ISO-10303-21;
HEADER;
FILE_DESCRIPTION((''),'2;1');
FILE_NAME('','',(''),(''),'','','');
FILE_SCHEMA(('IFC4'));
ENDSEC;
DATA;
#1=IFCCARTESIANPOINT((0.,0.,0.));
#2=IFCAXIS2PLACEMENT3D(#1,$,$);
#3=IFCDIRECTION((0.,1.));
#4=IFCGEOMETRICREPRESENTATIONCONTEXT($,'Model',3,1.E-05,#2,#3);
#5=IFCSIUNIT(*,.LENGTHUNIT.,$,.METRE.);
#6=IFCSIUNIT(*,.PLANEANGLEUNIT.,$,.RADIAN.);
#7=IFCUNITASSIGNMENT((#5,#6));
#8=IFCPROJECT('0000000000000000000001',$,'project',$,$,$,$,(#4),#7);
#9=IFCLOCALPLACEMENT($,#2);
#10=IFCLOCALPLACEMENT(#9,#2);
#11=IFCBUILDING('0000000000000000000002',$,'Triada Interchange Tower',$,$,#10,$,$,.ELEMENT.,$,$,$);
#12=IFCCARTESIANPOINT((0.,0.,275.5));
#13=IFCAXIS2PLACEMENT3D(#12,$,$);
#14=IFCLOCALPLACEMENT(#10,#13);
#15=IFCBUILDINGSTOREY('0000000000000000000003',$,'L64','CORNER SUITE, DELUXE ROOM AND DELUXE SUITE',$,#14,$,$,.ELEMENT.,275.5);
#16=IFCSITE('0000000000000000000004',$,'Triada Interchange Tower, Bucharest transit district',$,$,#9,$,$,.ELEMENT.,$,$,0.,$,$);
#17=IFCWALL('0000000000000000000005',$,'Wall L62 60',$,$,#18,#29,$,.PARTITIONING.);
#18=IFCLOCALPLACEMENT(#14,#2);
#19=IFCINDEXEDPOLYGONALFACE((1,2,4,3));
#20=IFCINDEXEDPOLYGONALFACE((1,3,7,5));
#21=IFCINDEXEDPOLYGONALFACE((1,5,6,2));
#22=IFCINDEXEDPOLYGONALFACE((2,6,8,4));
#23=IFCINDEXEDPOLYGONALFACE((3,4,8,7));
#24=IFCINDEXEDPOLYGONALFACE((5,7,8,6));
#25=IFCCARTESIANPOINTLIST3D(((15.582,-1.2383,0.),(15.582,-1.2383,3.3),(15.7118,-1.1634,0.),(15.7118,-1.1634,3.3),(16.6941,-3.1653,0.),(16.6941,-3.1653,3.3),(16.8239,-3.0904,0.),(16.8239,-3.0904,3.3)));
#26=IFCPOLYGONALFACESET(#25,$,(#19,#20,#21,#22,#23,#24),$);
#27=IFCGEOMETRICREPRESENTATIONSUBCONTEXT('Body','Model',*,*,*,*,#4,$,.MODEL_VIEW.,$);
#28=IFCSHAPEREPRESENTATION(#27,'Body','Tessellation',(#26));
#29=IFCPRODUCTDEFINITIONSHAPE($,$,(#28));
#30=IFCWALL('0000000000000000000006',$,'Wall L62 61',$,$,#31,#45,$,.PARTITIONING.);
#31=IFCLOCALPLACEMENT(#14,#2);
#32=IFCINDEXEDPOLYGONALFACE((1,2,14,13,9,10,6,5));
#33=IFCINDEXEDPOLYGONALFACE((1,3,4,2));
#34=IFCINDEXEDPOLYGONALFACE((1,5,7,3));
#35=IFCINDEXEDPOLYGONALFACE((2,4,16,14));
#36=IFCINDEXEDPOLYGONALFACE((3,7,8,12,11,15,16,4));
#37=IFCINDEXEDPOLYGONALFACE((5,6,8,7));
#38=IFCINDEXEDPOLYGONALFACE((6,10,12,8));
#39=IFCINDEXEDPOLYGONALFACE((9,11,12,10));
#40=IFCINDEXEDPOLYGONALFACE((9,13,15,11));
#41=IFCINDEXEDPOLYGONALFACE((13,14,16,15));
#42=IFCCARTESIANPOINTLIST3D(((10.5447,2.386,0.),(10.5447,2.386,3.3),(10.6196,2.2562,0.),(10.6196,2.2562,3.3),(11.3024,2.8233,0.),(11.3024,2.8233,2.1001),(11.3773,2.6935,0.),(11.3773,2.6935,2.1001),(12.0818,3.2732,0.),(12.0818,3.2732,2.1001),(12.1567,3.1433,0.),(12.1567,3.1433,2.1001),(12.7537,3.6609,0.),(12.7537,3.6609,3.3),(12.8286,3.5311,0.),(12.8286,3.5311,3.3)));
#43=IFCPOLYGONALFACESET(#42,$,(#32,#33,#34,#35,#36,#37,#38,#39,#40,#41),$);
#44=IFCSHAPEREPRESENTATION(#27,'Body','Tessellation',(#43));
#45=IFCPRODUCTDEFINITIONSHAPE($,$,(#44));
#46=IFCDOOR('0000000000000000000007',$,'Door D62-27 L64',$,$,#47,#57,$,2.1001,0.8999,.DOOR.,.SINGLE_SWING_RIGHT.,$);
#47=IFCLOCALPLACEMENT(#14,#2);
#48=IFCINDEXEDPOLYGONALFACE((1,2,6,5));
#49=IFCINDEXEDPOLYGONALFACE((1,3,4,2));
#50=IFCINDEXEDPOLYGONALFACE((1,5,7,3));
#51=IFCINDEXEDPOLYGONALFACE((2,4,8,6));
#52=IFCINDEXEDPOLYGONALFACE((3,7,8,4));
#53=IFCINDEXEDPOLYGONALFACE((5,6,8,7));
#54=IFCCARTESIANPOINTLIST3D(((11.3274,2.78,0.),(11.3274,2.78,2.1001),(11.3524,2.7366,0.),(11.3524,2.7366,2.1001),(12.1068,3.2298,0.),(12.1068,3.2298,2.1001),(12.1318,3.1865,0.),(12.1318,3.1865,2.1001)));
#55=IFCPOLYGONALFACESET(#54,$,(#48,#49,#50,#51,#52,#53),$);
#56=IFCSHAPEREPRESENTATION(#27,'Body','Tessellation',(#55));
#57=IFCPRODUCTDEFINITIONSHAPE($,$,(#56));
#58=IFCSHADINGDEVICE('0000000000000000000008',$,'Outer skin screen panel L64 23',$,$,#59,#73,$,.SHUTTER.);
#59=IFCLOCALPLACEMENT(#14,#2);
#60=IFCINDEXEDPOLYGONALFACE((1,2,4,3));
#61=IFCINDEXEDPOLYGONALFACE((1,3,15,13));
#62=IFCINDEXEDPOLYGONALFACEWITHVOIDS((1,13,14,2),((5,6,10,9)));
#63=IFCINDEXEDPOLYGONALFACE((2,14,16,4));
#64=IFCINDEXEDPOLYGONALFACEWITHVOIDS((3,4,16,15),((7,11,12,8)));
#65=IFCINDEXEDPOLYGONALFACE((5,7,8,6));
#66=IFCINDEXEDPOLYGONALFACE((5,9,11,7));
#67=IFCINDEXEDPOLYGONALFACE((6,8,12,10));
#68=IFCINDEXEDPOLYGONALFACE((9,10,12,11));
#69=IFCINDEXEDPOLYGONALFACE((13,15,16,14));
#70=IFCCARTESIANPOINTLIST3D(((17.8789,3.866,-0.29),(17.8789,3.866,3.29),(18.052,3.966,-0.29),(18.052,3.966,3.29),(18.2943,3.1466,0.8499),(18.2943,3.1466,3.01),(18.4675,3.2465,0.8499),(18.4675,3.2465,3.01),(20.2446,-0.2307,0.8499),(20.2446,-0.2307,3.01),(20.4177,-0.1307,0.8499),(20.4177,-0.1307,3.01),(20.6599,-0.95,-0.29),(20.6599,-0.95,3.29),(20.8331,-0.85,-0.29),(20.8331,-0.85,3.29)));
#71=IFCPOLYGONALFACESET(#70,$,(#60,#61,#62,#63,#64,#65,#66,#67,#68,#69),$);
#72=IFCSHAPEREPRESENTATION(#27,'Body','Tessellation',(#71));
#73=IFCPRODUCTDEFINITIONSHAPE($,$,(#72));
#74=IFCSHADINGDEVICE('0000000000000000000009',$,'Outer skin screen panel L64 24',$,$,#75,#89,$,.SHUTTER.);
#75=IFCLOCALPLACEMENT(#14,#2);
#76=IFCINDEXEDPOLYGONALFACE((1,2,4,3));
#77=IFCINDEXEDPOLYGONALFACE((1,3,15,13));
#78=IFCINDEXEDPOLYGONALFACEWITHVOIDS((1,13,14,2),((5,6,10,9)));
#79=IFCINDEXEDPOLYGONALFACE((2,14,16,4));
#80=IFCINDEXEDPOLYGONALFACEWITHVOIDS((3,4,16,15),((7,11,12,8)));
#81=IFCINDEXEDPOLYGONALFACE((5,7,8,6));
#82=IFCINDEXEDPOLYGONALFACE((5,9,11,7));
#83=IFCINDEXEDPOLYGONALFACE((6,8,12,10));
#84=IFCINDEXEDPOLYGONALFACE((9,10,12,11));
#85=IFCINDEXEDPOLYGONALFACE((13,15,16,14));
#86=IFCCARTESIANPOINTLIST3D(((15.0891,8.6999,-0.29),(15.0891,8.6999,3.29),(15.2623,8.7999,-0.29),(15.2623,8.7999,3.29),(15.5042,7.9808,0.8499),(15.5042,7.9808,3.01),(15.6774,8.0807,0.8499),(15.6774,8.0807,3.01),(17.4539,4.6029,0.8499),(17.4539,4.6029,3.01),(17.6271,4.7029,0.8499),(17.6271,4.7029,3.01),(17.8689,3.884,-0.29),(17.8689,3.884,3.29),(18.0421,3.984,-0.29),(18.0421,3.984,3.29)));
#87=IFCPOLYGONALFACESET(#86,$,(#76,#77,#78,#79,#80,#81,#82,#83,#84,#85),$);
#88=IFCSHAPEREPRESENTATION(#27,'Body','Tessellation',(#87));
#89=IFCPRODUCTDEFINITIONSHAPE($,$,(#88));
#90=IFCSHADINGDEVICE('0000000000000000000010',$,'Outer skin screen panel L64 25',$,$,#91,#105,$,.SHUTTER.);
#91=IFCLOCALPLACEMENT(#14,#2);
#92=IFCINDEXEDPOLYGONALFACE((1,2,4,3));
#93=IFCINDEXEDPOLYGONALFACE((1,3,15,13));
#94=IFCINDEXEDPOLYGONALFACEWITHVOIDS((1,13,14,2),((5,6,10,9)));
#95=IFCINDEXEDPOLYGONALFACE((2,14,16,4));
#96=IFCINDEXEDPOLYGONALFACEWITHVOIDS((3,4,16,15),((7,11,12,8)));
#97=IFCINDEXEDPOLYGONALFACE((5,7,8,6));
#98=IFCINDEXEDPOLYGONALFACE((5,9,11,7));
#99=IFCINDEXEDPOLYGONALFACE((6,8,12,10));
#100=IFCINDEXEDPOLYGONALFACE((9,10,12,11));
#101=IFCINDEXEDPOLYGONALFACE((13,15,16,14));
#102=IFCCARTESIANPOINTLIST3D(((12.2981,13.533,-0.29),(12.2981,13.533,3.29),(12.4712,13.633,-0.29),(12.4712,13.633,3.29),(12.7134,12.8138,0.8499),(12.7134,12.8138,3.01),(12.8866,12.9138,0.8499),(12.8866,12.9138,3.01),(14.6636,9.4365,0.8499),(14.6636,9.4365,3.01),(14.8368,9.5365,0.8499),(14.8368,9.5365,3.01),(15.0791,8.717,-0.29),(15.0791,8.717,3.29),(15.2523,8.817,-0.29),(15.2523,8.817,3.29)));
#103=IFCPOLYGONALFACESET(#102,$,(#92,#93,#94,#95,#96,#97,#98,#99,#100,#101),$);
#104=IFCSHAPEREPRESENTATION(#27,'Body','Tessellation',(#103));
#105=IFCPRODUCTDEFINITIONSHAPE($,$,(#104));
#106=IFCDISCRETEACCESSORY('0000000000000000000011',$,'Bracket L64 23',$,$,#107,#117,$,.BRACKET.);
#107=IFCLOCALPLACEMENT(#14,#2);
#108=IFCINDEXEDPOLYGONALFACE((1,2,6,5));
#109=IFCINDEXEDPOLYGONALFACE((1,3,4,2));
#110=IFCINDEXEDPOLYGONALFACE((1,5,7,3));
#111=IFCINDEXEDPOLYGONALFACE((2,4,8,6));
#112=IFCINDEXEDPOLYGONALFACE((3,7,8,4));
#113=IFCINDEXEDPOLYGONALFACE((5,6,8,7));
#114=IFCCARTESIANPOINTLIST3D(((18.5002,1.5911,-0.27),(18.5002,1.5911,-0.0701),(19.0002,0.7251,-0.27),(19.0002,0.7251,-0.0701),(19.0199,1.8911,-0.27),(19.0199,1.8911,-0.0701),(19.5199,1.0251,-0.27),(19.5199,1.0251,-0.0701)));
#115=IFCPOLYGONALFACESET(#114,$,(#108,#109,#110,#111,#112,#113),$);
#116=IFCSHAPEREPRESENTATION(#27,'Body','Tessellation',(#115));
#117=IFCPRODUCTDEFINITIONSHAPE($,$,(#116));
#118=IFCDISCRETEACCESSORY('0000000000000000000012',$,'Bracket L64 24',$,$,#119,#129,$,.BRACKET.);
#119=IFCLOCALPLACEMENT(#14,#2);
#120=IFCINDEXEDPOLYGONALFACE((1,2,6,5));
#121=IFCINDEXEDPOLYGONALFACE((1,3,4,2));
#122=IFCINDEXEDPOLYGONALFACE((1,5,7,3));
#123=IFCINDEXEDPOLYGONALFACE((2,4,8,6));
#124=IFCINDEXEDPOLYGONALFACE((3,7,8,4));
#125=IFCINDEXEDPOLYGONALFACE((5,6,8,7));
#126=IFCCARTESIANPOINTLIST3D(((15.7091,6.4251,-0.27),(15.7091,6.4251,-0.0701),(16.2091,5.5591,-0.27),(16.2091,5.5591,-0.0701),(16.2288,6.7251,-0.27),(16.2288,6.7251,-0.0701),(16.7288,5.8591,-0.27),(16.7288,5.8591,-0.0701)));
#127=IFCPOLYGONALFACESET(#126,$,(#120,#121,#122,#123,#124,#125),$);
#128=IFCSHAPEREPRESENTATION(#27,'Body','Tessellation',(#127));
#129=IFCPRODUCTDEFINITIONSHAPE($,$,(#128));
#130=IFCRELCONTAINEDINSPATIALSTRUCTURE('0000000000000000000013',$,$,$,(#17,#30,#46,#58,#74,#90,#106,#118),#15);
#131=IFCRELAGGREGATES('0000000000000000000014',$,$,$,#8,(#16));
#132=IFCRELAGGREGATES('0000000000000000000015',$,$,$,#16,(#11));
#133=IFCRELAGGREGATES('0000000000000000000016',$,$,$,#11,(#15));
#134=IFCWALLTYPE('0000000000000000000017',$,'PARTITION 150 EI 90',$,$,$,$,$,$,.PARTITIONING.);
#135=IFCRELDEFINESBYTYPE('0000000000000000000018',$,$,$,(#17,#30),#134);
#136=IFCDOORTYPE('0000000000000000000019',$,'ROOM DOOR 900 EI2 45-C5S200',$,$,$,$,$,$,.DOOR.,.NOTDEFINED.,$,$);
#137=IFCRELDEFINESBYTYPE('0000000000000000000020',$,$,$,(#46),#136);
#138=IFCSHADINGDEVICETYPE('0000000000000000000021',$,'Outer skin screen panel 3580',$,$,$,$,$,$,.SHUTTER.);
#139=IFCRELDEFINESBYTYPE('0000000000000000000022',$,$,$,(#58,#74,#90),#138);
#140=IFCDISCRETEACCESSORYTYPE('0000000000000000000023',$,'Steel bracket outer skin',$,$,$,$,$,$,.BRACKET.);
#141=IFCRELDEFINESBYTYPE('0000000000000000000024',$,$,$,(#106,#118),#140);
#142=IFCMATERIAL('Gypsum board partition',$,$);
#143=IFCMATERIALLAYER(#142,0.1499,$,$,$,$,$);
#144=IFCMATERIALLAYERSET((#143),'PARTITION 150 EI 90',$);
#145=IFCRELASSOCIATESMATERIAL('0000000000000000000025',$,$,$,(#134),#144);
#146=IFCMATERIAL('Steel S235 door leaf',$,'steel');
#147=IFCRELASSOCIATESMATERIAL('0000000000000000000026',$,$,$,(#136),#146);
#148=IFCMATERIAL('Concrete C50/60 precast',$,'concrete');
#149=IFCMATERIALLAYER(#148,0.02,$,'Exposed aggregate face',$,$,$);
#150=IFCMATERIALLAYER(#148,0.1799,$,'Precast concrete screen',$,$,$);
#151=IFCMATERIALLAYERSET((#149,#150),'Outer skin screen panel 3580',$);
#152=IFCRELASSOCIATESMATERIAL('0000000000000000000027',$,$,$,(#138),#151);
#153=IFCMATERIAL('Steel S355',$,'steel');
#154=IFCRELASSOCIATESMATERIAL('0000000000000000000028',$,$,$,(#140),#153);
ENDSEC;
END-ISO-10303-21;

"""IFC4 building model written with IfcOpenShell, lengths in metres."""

from ifc_helpers import new_model, si_unit, direction, frame, frame_2d, origin, origin_2d, place, context, subcontext, project, spatial, polyline, rectangle, outline, extrude, material, layer, layer_set, type_object, element, fill, save


model = new_model("IFC4")

# Units and contexts
model_context = context("Model", 3, precision=1e-05, world=origin(), true_north=direction((0.0, 1.0)))
body_context = subcontext(model_context, "Body", "Model", "MODEL_VIEW")
ifc_project = project(units=[si_unit("LENGTHUNIT", "METRE"), si_unit("PLANEANGLEUNIT", "RADIAN")], contexts=[model_context])

# Site, building, storey
site_placement = place(None, origin())
site = spatial("IfcSite", under=ifc_project, at=site_placement, Name="Triada Interchange Tower, Bucharest transit district", CompositionType="ELEMENT", RefElevation=0.0)
building_placement = place(site_placement, origin())
building = spatial("IfcBuilding", under=site, at=building_placement, Name="Triada Interchange Tower", CompositionType="ELEMENT")
storey_placement = place(building_placement, frame((0.0, 0.0, 275.5)))
storey = spatial("IfcBuildingStorey", under=building, at=storey_placement, Name="L64", Description="CORNER SUITE, DELUXE ROOM AND DELUXE SUITE", CompositionType="ELEMENT", Elevation=275.5)

# Shared definitions
ifc_material_1 = material(Name="Gypsum board partition")

# Shared definitions
ifc_layer_1 = layer(ifc_material_1, 0.1499)
ifc_layer_set_1 = layer_set([ifc_layer_1], Name="PARTITION 150 EI 90")
wall_type_1 = type_object("IfcWallType", Name="PARTITION 150 EI 90", PredefinedType="PARTITIONING", material=ifc_layer_set_1)
ifc_material_2 = material(Name="Steel S235 door leaf", Category="steel")
door_type = type_object("IfcDoorType", Name="ROOM DOOR 900 EI2 45-C5S200", OperationType="NOTDEFINED", PredefinedType="DOOR", material=ifc_material_2)

# Wall
wall_1_placement = place(storey_placement, frame((15.647, -1.2009, 0.0), z_axis=(0.0, 0.0, 1.0), x_axis=(0.499833, -0.866122, 0.0)))
element("IfcWall", 1, at=wall_1_placement, inside=storey, type_object=wall_type_1, Name="Wall L62 60", PredefinedType="PARTITIONING", context=body_context, shape_type="SweptSolid", body=[
    extrude(rectangle(XDim=2.2249, YDim=0.1499, at=frame_2d((1.1123, 0.0))), origin(), (0.0, 0.0, 1.0), 3.3),
])

# Wall, opening, door
wall_2_placement = place(storey_placement, frame((10.582, 2.321, 0.0), z_axis=(0.0, 0.0, 1.0), x_axis=(0.866103, 0.499866, 0.0)))
wall_2 = element("IfcWall", 2, at=wall_2_placement, inside=storey, type_object=wall_type_1, Name="Wall L62 61", PredefinedType="PARTITIONING", context=body_context, shape_type="SweptSolid", body=[
    extrude(rectangle(XDim=2.5505, YDim=0.1499, at=frame_2d((1.2754, 0.0))), origin(), (0.0, 0.0, 1.0), 3.3),
])
opening_1_placement = place(wall_2_placement, frame((0.875, 0.0, 0.0)))
opening_1 = element("IfcOpeningElement", 3, at=opening_1_placement, cuts=wall_2, PredefinedType="OPENING", context=body_context, shape_type="SweptSolid", body=[
    extrude(rectangle(XDim=0.8999, YDim=2.1001, at=frame_2d((0.45, 1.05))), frame((0.0, 0.085, 0.0), z_axis=(0.0, -1.0, 0.0), x_axis=(1.0, 0.0, 0.0)), (0.0, 0.0, 1.0), 0.1699),
])
door_1_placement = place(opening_1_placement, origin())
door_1 = element("IfcDoor", 4, at=door_1_placement, inside=storey, type_object=door_type, Name="Door D62-27 L64", OperationType="SINGLE_SWING_RIGHT", OverallHeight=2.1001, OverallWidth=0.8999, PredefinedType="DOOR", context=body_context, shape_type="SweptSolid", body=[
    extrude(rectangle(XDim=0.8999, YDim=2.1001, at=frame_2d((0.45, 1.05))), frame((0.0, 0.0249, 0.0), z_axis=(0.0, -1.0, 0.0), x_axis=(1.0, 0.0, 0.0)), (0.0, 0.0, 1.0), 0.05),
])
fill(opening_1, door_1)

# Shading devices
ifc_material_3 = material(Name="Concrete C50/60 precast", Category="concrete")
ifc_layer_2 = layer(ifc_material_3, 0.02, Name="Exposed aggregate face")
ifc_layer_3 = layer(ifc_material_3, 0.1799, Name="Precast concrete screen")
ifc_layer_set_2 = layer_set([ifc_layer_2, ifc_layer_3], Name="Outer skin screen panel 3580")
shading_device_type = type_object("IfcShadingDeviceType", Name="Outer skin screen panel 3580", PredefinedType="SHUTTER", material=ifc_layer_set_2)
shading_device_1_placement = place(storey_placement, frame((20.6599, -0.95, -0.29), z_axis=(0.0, 0.0, 1.0), x_axis=(-0.500072, 0.865984, 0.0)))
element("IfcShadingDevice", 5, at=shading_device_1_placement, inside=storey, type_object=shading_device_type, Name="Outer skin screen panel L64 23", PredefinedType="SHUTTER", context=body_context, shape_type="SweptSolid", body=[
    extrude(outline(polyline([(0.0, 0.0), (5.5613, 0.0), (5.5613, 3.5801), (0.0, 3.5801), (0.0, 0.0)]), holes=[polyline([(0.8306, 1.1399), (0.8306, 3.3), (4.7305, 3.3), (4.7305, 1.1399), (0.8306, 1.1399)])]), frame((0.0, 0.0, 0.0), z_axis=(0.0, -1.0, 0.0), x_axis=(1.0, 0.0, 0.0)), (0.0, 0.0, 1.0), 0.2),
])
shading_device_2_placement = place(storey_placement, frame((17.8689, 3.884, -0.29), z_axis=(0.0, 0.0, 1.0), x_axis=(-0.499907, 0.866079, 0.0)))
element("IfcShadingDevice", 6, at=shading_device_2_placement, inside=storey, type_object=shading_device_type, Name="Outer skin screen panel L64 24", PredefinedType="SHUTTER", context=body_context, shape_type="SweptSolid", body=[
    extrude(outline(polyline([(0.0, 0.0), (5.5605, 0.0), (5.5605, 3.5801), (0.0, 3.5801), (0.0, 0.0)]), holes=[polyline([(0.8301, 1.1399), (0.8301, 3.3), (4.7302, 3.3), (4.7302, 1.1399), (0.8301, 1.1399)])]), frame((0.0, 0.0, 0.0), z_axis=(0.0, -1.0, 0.0), x_axis=(1.0, 0.0, 0.0)), (0.0, 0.0, 1.0), 0.2),
])
shading_device_3_placement = place(storey_placement, frame((15.0791, 8.717, -0.29), z_axis=(0.0, 0.0, 1.0), x_axis=(-0.500072, 0.865984, 0.0)))
element("IfcShadingDevice", 7, at=shading_device_3_placement, inside=storey, type_object=shading_device_type, Name="Outer skin screen panel L64 25", PredefinedType="SHUTTER", context=body_context, shape_type="SweptSolid", body=[
    extrude(outline(polyline([(0.0, 0.0), (5.5613, 0.0), (5.5613, 3.5801), (0.0, 3.5801), (0.0, 0.0)]), holes=[polyline([(0.8308, 1.1399), (0.8308, 3.3), (4.7307, 3.3), (4.7307, 1.1399), (0.8308, 1.1399)])]), frame((0.0, 0.0, 0.0), z_axis=(0.0, -1.0, 0.0), x_axis=(1.0, 0.0, 0.0)), (0.0, 0.0, 1.0), 0.2),
])

# Discrete accessories
ifc_material_4 = material(Name="Steel S355", Category="steel")
discrete_accessory_type = type_object("IfcDiscreteAccessoryType", Name="Steel bracket outer skin", PredefinedType="BRACKET", material=ifc_material_4)
for number, where, z_axis, x_axis, name in (
    (8, (19.01, 1.3081, -0.27), (0.0, 0.0, 1.0), (0.866029, 0.499994, 0.0), "Bracket L64 23"),
    (9, (16.219, 6.1421, -0.27), (0.0, 0.0, 1.0), (0.866029, 0.499994, 0.0), "Bracket L64 24"),
):
    element("IfcDiscreteAccessory", number, at=place(storey_placement, frame(where, z_axis=z_axis, x_axis=x_axis)), inside=storey, type_object=discrete_accessory_type, Name=name, PredefinedType="BRACKET", context=body_context, shape_type="SweptSolid", body=[
        extrude(rectangle(XDim=0.6001, YDim=1.0, at=origin_2d()), origin(), (0.0, 0.0, 1.0), 0.2),
    ])

save(model, "model.ifc")
